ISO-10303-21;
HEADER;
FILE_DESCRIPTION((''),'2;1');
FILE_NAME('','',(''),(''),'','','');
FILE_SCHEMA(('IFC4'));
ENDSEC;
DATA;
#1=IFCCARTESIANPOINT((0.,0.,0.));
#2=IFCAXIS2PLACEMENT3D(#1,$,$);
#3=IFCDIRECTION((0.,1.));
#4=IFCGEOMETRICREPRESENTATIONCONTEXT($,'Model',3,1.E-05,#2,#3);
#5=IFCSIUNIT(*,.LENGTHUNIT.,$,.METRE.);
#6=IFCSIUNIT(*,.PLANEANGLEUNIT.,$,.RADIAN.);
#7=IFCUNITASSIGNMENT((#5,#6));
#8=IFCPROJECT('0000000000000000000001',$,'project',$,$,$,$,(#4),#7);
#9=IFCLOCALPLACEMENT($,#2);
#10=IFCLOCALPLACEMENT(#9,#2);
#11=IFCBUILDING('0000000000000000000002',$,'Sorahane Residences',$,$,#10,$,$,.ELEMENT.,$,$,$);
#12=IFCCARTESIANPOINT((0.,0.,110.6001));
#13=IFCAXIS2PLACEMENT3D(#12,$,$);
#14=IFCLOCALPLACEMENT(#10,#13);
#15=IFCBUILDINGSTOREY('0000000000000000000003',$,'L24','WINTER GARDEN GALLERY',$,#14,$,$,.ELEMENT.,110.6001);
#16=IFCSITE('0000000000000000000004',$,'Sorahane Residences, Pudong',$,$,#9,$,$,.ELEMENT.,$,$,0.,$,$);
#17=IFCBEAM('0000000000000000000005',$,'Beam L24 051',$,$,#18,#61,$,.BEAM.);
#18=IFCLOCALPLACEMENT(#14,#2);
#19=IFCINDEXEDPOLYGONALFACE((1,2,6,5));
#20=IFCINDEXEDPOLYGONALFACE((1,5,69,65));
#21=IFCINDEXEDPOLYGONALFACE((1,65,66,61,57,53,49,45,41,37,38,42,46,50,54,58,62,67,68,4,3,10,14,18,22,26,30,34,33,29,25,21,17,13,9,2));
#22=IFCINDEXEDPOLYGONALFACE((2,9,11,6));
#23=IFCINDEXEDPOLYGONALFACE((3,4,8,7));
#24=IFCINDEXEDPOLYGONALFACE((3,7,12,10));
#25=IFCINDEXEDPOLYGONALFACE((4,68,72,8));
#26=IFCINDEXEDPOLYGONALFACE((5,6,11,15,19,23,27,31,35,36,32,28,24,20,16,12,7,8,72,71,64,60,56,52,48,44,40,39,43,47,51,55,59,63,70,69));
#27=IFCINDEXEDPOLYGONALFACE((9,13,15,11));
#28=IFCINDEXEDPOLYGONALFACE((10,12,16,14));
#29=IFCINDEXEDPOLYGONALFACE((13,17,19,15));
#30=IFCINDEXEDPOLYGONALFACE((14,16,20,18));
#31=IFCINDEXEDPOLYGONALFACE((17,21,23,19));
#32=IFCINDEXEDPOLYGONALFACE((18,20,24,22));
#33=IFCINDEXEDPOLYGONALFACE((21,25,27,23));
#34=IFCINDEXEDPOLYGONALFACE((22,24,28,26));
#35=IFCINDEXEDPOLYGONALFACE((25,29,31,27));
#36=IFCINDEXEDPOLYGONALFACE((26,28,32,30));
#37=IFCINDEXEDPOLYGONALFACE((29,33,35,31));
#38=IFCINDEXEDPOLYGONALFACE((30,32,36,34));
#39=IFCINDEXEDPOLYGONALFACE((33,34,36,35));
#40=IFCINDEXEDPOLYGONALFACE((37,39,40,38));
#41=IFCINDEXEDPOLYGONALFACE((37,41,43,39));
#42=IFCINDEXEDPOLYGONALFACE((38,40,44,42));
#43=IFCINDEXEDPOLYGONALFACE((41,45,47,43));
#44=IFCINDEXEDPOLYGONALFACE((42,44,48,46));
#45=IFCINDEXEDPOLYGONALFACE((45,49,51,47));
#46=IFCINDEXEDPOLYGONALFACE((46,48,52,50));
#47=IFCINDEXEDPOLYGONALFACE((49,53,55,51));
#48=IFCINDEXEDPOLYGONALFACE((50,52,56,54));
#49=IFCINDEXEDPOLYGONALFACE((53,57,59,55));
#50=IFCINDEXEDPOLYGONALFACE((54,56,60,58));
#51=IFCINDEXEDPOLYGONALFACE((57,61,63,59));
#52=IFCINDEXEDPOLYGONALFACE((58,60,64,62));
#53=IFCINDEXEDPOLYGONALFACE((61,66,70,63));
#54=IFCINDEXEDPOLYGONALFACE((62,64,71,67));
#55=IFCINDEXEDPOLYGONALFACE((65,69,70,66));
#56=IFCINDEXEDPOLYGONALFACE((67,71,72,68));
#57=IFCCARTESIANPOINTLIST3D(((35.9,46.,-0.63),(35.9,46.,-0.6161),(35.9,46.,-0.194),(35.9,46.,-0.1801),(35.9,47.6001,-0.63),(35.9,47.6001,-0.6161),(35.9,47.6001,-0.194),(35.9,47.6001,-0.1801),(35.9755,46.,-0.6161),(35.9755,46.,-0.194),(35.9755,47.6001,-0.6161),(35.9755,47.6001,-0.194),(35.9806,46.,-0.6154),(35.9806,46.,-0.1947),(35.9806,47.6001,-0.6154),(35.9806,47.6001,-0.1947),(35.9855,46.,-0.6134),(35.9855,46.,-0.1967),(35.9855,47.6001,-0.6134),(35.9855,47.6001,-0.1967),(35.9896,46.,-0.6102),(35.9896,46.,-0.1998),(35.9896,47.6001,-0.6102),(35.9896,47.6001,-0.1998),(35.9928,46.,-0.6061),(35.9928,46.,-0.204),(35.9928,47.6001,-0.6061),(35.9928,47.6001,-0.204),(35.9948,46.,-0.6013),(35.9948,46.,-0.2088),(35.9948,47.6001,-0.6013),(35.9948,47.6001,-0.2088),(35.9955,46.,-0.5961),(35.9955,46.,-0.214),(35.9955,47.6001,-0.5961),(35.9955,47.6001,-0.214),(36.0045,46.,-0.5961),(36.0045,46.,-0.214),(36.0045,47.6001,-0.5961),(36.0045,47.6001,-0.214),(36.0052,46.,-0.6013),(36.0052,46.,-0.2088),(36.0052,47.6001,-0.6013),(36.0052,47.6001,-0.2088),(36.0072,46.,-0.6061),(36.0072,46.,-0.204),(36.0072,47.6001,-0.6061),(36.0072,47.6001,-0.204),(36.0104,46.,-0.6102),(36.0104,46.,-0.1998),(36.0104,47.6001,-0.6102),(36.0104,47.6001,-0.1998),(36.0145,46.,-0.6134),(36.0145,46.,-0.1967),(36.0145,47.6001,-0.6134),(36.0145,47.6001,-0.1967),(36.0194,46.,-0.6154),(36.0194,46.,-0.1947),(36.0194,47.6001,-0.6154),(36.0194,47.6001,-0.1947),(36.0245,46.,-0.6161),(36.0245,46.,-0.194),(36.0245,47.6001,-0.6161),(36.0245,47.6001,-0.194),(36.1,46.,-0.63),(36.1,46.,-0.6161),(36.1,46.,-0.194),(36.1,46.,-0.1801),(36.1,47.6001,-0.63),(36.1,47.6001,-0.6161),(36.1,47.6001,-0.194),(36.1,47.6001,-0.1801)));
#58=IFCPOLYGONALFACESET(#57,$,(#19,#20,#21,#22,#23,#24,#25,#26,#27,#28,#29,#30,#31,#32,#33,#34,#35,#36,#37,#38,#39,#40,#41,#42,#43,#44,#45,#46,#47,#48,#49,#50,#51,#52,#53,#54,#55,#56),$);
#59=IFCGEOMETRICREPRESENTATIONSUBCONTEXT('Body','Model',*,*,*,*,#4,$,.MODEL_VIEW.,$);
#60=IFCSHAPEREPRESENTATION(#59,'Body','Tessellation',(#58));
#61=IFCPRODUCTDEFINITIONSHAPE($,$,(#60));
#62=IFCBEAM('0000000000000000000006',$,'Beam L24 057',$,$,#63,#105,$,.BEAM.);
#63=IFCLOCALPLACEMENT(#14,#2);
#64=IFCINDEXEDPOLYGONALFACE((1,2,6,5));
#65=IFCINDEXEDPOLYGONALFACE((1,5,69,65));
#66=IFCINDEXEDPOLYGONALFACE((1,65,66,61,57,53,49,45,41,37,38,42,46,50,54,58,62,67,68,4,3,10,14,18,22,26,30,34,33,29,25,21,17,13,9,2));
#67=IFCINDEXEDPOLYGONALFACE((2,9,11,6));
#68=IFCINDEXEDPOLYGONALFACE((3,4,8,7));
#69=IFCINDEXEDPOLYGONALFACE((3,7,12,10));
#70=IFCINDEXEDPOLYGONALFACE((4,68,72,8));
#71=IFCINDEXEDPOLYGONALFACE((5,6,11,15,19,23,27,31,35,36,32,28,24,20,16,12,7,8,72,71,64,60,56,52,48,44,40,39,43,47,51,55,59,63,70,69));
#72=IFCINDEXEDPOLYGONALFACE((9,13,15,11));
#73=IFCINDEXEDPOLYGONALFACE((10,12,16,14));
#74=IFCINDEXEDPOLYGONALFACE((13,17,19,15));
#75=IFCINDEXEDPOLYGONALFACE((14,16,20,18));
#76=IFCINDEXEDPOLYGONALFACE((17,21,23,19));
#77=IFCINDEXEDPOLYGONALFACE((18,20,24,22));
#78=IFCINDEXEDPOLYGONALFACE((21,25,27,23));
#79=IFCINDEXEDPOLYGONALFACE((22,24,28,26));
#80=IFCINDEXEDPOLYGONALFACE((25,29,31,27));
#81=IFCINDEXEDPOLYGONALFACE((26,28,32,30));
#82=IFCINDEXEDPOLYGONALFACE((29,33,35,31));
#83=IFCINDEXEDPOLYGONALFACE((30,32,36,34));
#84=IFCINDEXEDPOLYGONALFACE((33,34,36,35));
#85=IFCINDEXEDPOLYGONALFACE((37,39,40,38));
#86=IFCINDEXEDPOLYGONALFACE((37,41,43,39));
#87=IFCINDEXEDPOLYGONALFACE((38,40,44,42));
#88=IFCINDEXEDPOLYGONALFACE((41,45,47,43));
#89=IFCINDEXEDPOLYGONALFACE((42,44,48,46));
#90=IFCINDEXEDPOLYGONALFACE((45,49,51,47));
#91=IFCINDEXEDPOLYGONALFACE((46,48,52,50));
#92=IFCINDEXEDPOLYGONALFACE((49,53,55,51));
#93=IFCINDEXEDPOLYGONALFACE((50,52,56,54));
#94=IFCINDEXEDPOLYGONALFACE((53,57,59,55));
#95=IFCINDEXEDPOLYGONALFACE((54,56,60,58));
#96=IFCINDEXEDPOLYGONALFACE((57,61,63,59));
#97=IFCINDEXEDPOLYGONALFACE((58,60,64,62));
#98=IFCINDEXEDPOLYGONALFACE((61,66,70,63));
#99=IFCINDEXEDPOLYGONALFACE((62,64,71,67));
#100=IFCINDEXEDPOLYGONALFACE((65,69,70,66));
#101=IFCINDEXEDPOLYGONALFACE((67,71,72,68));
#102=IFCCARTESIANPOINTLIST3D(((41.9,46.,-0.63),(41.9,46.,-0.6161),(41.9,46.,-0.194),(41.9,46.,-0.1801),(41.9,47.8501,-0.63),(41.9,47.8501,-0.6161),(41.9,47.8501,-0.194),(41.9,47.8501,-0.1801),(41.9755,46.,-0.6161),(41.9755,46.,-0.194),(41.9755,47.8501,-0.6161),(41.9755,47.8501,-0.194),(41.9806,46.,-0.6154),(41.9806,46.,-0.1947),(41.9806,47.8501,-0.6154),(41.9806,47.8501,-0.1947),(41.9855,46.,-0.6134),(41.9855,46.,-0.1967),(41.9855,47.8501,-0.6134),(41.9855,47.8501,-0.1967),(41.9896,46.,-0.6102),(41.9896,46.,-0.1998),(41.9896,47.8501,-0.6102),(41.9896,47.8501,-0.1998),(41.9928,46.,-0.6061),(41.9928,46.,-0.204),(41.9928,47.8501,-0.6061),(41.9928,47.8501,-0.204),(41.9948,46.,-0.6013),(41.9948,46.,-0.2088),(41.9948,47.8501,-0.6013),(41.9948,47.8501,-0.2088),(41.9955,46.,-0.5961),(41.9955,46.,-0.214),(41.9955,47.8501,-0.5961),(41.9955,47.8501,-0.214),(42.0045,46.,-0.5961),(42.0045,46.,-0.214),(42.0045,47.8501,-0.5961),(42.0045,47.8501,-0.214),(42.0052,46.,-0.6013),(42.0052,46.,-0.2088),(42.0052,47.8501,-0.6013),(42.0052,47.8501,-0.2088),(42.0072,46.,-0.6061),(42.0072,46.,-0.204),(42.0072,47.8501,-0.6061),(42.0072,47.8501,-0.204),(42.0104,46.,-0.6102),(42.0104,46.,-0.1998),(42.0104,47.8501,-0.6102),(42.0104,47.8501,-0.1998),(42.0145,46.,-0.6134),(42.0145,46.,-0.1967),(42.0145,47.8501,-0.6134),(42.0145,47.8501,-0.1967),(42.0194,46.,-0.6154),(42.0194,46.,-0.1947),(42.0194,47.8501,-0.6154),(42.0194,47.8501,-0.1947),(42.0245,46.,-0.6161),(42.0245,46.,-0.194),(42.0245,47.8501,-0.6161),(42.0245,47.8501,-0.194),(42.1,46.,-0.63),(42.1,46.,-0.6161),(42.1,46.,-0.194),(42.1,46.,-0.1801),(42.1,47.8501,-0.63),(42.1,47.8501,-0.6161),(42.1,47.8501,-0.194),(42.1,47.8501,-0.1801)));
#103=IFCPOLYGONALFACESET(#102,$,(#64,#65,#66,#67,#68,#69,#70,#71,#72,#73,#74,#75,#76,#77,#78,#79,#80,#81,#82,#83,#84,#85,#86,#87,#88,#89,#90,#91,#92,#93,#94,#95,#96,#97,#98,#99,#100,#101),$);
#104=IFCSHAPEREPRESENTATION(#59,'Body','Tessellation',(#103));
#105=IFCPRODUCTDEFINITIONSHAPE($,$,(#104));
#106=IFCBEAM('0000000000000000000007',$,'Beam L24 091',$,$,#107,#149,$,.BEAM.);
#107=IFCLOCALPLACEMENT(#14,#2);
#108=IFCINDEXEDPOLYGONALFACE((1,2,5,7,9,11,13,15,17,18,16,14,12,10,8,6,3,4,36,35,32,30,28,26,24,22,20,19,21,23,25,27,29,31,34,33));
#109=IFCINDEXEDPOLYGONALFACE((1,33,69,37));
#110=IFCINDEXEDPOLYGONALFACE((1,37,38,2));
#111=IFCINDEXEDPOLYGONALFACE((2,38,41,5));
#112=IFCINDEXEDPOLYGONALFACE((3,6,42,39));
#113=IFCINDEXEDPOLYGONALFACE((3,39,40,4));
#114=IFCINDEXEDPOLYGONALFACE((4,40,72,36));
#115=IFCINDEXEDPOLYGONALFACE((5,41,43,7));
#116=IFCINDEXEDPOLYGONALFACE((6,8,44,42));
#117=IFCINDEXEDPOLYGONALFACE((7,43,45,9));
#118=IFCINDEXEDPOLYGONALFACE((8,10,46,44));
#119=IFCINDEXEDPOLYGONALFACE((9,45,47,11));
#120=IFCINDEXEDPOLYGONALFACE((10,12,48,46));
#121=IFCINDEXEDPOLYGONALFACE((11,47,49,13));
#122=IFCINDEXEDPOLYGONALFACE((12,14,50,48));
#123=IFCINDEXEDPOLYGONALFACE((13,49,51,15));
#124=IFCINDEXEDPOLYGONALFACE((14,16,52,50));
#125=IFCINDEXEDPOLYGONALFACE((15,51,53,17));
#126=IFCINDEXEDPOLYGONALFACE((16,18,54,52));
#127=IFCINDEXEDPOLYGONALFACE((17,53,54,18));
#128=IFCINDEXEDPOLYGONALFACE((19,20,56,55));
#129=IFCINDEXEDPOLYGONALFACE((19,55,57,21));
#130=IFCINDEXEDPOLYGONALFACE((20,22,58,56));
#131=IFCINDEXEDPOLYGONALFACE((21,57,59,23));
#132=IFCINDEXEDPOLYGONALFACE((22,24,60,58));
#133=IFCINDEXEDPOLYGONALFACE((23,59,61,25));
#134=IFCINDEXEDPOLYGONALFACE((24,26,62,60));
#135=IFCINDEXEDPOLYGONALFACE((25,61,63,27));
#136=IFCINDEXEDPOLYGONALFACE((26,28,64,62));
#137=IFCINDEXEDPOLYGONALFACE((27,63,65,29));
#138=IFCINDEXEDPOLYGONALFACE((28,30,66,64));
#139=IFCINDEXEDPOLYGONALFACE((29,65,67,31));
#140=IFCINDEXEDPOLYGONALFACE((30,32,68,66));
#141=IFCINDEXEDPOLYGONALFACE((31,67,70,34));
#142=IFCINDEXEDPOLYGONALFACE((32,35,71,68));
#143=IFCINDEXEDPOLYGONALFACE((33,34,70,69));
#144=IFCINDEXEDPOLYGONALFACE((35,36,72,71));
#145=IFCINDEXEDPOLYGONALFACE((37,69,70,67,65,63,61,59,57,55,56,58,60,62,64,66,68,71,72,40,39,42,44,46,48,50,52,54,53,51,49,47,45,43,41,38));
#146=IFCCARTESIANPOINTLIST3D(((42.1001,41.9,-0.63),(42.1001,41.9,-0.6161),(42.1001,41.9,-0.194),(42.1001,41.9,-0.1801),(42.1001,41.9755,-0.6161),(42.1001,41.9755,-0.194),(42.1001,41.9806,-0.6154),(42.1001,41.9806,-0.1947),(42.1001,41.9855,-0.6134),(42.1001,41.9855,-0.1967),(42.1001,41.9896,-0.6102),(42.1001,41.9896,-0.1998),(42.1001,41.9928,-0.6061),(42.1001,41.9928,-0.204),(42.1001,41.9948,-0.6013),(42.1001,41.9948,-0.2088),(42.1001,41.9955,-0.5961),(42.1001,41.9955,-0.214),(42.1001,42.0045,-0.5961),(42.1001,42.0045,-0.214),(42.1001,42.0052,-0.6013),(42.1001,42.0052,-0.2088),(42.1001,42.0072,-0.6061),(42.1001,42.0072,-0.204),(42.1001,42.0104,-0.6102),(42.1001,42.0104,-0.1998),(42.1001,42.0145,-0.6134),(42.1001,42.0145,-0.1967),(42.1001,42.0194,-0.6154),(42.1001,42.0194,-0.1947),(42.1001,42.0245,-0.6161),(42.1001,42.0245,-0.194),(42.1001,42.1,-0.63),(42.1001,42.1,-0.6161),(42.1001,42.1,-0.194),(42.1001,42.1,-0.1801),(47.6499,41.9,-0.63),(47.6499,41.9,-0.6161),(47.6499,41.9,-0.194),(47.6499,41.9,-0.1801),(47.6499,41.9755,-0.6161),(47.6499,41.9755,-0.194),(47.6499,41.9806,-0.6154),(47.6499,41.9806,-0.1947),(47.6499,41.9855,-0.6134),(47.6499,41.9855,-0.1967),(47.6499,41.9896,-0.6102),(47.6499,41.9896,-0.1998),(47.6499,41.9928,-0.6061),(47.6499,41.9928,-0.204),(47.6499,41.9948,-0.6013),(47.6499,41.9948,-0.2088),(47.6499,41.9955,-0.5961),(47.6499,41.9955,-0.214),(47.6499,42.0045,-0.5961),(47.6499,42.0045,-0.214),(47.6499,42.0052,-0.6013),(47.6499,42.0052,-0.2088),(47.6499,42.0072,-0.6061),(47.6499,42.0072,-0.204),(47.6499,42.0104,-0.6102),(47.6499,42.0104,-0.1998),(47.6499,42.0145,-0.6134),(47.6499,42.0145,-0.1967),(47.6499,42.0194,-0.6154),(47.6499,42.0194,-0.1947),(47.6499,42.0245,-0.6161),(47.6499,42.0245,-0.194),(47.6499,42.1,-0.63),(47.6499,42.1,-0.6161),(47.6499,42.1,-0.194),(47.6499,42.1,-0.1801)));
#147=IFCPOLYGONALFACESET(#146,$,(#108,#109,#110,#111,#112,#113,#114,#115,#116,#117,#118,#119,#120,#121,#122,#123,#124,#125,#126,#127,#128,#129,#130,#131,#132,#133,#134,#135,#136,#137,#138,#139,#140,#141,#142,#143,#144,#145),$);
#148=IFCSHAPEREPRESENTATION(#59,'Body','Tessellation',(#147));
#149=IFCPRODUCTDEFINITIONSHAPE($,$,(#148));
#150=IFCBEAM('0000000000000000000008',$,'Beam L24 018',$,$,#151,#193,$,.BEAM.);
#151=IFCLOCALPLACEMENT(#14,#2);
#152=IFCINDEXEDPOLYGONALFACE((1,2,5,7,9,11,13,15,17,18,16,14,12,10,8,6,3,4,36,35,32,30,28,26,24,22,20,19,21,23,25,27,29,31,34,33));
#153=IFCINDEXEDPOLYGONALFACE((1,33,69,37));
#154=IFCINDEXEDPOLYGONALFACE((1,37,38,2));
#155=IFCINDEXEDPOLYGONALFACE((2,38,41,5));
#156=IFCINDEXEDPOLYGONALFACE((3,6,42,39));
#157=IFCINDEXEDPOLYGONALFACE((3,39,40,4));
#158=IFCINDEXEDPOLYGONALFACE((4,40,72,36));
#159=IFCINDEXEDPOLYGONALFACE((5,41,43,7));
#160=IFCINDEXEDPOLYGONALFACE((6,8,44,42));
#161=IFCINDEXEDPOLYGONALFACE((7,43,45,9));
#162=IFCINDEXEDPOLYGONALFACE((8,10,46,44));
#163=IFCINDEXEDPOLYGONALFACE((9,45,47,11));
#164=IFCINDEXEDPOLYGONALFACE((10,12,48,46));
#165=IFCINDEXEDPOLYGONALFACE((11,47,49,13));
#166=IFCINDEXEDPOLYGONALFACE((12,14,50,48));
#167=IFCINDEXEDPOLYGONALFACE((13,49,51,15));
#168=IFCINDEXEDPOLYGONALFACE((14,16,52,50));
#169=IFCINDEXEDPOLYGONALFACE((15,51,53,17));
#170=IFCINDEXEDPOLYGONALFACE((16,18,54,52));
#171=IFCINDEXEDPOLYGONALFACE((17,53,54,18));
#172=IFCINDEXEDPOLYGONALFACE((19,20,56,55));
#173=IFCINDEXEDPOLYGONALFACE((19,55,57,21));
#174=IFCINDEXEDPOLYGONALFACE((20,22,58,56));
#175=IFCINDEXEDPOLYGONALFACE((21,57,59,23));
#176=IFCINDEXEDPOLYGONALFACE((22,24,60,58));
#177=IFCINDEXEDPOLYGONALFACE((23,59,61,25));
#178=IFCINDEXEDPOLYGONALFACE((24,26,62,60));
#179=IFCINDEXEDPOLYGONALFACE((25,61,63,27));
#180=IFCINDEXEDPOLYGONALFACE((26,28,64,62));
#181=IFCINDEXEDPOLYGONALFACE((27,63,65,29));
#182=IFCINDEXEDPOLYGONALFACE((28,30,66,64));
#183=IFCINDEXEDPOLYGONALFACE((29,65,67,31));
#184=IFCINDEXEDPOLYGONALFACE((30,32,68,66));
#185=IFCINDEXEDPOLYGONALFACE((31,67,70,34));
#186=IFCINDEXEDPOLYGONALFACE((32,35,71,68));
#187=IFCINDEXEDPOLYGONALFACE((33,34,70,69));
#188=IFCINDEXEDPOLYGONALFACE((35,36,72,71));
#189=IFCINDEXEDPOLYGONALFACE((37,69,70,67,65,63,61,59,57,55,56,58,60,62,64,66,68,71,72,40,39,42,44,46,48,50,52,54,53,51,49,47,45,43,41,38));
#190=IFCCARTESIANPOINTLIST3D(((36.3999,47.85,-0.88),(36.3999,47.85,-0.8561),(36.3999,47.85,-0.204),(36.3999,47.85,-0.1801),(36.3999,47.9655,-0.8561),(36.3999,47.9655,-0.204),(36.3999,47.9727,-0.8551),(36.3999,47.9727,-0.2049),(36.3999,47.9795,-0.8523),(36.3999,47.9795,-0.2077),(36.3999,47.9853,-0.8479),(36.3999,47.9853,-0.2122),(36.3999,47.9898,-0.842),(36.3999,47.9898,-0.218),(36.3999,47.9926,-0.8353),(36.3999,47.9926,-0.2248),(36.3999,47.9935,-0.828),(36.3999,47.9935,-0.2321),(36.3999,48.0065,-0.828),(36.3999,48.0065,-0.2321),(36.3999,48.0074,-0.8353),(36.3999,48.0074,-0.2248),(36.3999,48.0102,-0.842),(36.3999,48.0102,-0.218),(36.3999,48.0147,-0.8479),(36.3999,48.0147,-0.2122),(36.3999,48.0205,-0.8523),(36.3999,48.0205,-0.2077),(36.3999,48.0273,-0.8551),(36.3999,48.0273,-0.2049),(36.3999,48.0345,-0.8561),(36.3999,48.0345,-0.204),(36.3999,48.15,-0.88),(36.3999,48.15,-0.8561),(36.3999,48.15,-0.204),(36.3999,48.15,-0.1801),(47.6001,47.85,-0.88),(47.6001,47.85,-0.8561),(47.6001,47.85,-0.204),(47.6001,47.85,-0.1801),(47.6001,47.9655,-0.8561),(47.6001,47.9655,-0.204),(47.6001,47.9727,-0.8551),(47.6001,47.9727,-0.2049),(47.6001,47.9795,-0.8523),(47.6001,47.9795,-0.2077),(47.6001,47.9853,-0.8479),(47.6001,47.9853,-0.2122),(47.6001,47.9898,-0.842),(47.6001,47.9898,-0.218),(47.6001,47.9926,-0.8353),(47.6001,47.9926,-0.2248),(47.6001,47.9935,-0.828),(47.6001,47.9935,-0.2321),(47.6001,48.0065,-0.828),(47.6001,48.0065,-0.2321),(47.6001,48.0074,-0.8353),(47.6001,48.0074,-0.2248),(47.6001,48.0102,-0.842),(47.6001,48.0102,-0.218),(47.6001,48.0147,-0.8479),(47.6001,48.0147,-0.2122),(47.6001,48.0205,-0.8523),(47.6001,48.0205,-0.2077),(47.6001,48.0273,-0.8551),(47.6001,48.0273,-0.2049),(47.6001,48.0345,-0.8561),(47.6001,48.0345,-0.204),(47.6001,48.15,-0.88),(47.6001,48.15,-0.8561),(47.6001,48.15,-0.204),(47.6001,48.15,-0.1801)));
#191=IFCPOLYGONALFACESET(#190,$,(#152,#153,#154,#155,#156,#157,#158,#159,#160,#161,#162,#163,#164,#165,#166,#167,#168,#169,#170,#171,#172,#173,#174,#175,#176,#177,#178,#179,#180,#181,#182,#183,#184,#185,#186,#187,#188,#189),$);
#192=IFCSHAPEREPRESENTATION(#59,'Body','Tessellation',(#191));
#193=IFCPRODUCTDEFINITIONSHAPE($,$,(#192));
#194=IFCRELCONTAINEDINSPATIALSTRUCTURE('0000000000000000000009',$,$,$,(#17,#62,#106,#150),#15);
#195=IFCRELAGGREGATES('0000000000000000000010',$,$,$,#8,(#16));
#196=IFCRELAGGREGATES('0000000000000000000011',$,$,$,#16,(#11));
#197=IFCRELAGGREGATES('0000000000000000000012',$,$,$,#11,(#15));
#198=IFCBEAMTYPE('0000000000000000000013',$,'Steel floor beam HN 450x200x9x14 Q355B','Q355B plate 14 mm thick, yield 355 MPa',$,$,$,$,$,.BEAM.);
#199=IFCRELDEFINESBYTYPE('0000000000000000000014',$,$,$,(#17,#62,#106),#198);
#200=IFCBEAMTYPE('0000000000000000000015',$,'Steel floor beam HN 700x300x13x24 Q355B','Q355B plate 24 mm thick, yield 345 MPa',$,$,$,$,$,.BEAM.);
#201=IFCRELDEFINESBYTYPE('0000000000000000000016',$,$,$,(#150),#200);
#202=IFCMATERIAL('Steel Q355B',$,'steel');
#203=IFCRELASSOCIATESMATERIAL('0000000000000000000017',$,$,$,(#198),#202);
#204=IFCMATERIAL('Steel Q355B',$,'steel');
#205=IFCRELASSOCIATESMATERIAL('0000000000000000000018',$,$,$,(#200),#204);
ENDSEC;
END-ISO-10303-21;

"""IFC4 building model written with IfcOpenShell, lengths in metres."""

from ifc_helpers import new_model, si_unit, direction, frame, origin, origin_2d, place, context, subcontext, project, spatial, i_section, extrude, material, material_profile, profile_set, type_object, element, save


model = new_model("IFC4")

# Units and contexts
model_context = context("Model", 3, precision=1e-05, world=origin(), true_north=direction((0.0, 1.0)))
body_context = subcontext(model_context, "Body", "Model", "MODEL_VIEW")
ifc_project = project(units=[si_unit("LENGTHUNIT", "METRE"), si_unit("PLANEANGLEUNIT", "RADIAN")], contexts=[model_context])

# Site, building, storey
site_placement = place(None, origin())
site = spatial("IfcSite", under=ifc_project, at=site_placement, Name="Sorahane Residences, Pudong", CompositionType="ELEMENT", RefElevation=0.0)
building_placement = place(site_placement, origin())
building = spatial("IfcBuilding", under=site, at=building_placement, Name="Sorahane Residences", CompositionType="ELEMENT")
storey_placement = place(building_placement, frame((0.0, 0.0, 110.6001)))
storey = spatial("IfcBuildingStorey", under=building, at=storey_placement, Name="L24", Description="WINTER GARDEN GALLERY", CompositionType="ELEMENT", Elevation=110.6001)

# Beams
ifc_material_1 = material(Name="Steel Q355B", Category="steel")
ifc_material_profile_1 = material_profile(ifc_material_1, i_section(OverallWidth=0.2, OverallDepth=0.45, WebThickness=0.009, FlangeThickness=0.0139, FilletRadius=0.02, at=origin_2d()), Name="HN 450x200x9x14")
ifc_profile_set_1 = profile_set([ifc_material_profile_1], Name="Steel Q355B")
beam_type_1 = type_object("IfcBeamType", Name="Steel floor beam HN 450x200x9x14 Q355B", Description="Q355B plate 14 mm thick, yield 355 MPa", PredefinedType="BEAM", material=ifc_profile_set_1)
beam_1_placement = place(storey_placement, frame((36.0, 46.0, -0.405), z_axis=(0.0, 1.0, 0.0), x_axis=(-1.0, 0.0, 0.0)))
element("IfcBeam", 1, at=beam_1_placement, inside=storey, type_object=beam_type_1, Name="Beam L24 051", PredefinedType="BEAM", context=body_context, shape_type="SweptSolid", body=[
    extrude(i_section(OverallWidth=0.2, OverallDepth=0.45, WebThickness=0.009, FlangeThickness=0.0139, FilletRadius=0.02, at=origin_2d()), origin(), (0.0, 0.0, 1.0), 1.6001),
])
beam_2_placement = place(storey_placement, frame((42.0, 46.0, -0.405), z_axis=(0.0, 1.0, 0.0), x_axis=(-1.0, 0.0, 0.0)))
element("IfcBeam", 2, at=beam_2_placement, inside=storey, type_object=beam_type_1, Name="Beam L24 057", PredefinedType="BEAM", context=body_context, shape_type="SweptSolid", body=[
    extrude(i_section(OverallWidth=0.2, OverallDepth=0.45, WebThickness=0.009, FlangeThickness=0.0139, FilletRadius=0.02, at=origin_2d()), origin(), (0.0, 0.0, 1.0), 1.8501),
])
beam_3_placement = place(storey_placement, frame((42.1001, 42.0, -0.405), z_axis=(1.0, 0.0, 0.0), x_axis=(0.0, 1.0, 0.0)))
element("IfcBeam", 3, at=beam_3_placement, inside=storey, type_object=beam_type_1, Name="Beam L24 091", PredefinedType="BEAM", context=body_context, shape_type="SweptSolid", body=[
    extrude(i_section(OverallWidth=0.2, OverallDepth=0.45, WebThickness=0.009, FlangeThickness=0.0139, FilletRadius=0.02, at=origin_2d()), origin(), (0.0, 0.0, 1.0), 5.5498),
])
ifc_material_2 = material(Name="Steel Q355B", Category="steel")
ifc_material_profile_2 = material_profile(ifc_material_2, i_section(OverallWidth=0.3, OverallDepth=0.7, WebThickness=0.0129, FlangeThickness=0.0239, FilletRadius=0.0281, at=origin_2d()), Name="HN 700x300x13x24")
ifc_profile_set_2 = profile_set([ifc_material_profile_2], Name="Steel Q355B")
beam_type_2 = type_object("IfcBeamType", Name="Steel floor beam HN 700x300x13x24 Q355B", Description="Q355B plate 24 mm thick, yield 345 MPa", PredefinedType="BEAM", material=ifc_profile_set_2)
beam_4_placement = place(storey_placement, frame((36.3999, 48.0, -0.53), z_axis=(1.0, 0.0, 0.0), x_axis=(0.0, 1.0, 0.0)))
element("IfcBeam", 4, at=beam_4_placement, inside=storey, type_object=beam_type_2, Name="Beam L24 018", PredefinedType="BEAM", context=body_context, shape_type="SweptSolid", body=[
    extrude(i_section(OverallWidth=0.3, OverallDepth=0.7, WebThickness=0.0129, FlangeThickness=0.0239, FilletRadius=0.0281, at=origin_2d()), origin(), (0.0, 0.0, 1.0), 11.2002),
])

save(model, "model.ifc")
